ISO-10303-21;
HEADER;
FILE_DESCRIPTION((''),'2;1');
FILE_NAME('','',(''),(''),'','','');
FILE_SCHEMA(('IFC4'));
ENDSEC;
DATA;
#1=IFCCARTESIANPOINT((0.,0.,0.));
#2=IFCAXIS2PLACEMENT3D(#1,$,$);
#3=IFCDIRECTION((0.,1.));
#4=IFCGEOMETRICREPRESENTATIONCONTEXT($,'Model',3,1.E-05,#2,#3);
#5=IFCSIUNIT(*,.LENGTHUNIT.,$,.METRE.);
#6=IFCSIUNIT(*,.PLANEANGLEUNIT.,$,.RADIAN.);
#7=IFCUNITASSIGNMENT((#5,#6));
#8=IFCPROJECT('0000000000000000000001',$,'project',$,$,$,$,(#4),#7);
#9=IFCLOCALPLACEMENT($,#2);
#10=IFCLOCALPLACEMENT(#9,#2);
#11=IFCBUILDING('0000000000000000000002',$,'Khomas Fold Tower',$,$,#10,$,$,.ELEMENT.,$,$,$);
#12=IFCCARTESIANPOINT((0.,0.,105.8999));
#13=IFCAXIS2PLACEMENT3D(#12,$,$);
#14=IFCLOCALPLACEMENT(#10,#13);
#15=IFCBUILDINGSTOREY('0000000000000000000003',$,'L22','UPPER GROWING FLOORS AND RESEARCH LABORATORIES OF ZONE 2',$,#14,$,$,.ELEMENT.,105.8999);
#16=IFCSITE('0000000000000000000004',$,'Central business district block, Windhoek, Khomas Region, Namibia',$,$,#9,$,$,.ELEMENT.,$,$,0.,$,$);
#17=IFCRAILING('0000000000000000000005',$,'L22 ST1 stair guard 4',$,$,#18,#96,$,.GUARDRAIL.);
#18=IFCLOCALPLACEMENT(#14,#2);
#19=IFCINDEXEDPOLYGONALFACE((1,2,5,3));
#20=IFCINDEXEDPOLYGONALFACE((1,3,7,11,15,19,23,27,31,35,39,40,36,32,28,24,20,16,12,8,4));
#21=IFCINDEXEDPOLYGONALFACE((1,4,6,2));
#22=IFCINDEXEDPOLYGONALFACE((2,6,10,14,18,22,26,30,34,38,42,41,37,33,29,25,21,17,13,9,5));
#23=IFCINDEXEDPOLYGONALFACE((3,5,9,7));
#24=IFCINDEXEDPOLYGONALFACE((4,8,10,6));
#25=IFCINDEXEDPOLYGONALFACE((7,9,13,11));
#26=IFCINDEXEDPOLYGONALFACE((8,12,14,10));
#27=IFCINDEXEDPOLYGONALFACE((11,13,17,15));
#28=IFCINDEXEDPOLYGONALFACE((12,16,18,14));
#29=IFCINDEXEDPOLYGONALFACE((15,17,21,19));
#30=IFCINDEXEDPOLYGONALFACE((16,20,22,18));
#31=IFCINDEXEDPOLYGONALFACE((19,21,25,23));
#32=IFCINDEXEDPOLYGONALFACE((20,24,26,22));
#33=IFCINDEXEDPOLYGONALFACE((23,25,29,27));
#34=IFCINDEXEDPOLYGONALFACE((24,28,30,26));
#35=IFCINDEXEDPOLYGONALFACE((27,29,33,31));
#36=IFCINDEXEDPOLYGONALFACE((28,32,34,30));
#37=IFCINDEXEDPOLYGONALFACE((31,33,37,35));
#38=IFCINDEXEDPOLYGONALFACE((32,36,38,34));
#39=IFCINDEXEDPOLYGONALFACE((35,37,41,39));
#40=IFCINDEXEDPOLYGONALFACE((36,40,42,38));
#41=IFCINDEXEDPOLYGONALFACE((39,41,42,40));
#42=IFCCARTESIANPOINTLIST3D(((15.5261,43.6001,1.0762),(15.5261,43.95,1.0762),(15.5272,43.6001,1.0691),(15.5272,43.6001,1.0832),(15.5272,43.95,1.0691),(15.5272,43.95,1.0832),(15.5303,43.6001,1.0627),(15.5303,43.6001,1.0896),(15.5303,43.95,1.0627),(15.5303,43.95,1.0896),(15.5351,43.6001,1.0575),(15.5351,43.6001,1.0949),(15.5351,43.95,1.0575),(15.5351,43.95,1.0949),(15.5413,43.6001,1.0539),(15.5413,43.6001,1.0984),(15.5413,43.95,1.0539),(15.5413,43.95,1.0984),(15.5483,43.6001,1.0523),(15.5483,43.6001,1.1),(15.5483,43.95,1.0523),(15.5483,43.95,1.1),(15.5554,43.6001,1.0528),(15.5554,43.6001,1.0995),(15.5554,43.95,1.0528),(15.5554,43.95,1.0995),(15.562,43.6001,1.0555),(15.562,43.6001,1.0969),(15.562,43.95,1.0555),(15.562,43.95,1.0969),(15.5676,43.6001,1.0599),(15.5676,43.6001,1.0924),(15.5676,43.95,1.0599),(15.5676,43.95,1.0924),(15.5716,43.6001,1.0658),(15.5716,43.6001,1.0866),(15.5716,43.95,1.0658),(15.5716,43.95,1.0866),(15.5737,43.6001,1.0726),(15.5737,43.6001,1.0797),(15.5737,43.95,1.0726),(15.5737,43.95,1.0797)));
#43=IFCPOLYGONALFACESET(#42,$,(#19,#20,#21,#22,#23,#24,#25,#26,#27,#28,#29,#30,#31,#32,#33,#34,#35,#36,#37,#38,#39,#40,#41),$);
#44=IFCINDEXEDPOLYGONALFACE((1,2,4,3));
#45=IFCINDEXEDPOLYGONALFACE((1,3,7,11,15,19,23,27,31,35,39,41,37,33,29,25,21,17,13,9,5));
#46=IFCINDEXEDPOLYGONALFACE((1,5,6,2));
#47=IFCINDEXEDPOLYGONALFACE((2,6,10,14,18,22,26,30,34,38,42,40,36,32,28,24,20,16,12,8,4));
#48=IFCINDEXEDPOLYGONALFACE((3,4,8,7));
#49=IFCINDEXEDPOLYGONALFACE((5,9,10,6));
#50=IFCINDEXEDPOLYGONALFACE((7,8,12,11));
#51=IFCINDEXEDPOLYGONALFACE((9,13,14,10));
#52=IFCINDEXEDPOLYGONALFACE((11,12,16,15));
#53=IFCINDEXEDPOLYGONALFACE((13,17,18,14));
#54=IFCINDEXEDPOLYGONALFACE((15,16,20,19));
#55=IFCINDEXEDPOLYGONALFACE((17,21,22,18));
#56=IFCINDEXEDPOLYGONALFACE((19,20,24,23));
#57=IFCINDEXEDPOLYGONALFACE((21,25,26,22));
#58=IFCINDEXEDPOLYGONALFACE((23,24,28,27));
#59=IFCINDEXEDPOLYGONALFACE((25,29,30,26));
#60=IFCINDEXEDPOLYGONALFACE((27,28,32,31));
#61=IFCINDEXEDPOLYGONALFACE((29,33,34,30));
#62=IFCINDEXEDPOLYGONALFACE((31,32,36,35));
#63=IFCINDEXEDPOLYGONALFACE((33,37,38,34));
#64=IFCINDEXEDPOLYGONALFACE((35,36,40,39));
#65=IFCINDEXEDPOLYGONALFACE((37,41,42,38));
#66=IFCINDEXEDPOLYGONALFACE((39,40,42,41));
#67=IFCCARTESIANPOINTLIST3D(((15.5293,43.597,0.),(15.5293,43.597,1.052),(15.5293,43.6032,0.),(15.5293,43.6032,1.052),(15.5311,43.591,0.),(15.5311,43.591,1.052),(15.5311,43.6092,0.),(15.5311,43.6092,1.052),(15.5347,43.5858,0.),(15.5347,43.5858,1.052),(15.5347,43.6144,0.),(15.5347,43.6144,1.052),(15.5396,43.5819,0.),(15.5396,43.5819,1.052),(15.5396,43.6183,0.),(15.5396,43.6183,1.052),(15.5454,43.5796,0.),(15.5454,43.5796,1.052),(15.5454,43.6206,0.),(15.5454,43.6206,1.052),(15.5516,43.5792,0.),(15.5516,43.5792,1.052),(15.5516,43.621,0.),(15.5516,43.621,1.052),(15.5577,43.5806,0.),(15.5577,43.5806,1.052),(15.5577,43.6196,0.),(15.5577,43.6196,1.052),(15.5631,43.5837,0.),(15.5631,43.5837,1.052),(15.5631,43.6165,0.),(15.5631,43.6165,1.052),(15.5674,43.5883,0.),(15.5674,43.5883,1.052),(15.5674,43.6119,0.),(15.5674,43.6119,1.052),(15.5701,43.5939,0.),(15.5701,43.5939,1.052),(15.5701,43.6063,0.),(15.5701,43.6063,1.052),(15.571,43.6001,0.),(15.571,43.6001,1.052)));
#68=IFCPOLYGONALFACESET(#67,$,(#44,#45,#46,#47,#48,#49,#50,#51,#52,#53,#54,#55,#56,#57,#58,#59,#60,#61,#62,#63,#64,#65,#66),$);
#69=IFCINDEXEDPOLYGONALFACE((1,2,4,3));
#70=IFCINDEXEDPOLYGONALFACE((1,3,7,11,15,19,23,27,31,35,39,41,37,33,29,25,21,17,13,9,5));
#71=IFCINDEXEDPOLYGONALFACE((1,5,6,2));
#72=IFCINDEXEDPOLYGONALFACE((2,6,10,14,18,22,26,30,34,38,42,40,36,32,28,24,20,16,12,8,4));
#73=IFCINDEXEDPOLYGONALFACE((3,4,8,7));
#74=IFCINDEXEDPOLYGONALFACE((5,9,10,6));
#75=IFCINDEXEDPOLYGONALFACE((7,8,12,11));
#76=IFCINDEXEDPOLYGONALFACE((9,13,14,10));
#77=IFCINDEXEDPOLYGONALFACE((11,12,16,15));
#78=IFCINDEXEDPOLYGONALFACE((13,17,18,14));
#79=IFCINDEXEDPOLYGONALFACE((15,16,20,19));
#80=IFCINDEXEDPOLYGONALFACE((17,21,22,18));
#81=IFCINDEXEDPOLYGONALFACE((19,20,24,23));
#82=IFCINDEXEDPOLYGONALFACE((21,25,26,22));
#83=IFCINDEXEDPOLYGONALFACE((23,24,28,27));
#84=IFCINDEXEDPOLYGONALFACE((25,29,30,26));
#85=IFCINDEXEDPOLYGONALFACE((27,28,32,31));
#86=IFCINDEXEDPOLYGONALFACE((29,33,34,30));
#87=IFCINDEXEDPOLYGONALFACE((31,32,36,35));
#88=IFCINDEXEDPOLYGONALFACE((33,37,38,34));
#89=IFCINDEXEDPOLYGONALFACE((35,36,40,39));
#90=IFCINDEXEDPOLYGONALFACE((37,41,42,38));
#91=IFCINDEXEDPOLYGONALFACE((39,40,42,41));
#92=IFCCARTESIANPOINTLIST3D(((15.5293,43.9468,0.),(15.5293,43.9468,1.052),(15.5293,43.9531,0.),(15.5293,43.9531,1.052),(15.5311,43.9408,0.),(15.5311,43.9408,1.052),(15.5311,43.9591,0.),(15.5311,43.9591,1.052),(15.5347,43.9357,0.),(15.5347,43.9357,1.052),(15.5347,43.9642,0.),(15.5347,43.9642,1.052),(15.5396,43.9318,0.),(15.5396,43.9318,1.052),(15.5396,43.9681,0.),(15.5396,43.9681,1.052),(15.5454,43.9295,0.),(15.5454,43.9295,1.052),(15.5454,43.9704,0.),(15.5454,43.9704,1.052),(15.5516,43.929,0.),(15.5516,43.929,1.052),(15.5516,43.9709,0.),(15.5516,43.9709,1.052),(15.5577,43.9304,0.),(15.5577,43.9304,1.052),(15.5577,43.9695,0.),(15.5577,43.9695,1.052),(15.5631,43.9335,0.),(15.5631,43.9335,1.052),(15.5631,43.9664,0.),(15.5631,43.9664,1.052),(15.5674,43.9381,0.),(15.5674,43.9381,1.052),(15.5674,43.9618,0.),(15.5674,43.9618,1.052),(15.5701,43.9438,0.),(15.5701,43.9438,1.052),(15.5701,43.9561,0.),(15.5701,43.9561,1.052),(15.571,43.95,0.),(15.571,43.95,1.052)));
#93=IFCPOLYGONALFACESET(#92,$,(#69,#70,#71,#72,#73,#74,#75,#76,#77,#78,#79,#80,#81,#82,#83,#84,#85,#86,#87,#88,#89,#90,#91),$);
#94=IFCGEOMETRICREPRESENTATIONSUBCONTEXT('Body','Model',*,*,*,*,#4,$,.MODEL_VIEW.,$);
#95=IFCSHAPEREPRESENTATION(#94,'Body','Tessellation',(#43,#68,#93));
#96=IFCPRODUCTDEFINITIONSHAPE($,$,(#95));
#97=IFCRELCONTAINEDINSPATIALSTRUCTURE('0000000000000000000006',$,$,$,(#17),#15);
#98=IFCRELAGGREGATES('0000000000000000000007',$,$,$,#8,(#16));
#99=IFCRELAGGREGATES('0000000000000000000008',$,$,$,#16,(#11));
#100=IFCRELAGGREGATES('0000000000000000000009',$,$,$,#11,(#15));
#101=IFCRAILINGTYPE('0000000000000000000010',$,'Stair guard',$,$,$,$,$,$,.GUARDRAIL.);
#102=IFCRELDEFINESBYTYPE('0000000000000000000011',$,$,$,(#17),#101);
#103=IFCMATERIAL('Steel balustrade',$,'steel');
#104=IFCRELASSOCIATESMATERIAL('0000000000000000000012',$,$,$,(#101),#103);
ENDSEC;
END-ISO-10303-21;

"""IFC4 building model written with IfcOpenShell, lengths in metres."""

from ifc_helpers import new_model, si_unit, direction, frame, origin, origin_2d, place, context, subcontext, project, spatial, circle, extrude, source, transform, mapped, material, type_object, element, save


model = new_model("IFC4")

# Units and contexts
model_context = context("Model", 3, precision=1e-05, world=origin(), true_north=direction((0.0, 1.0)))
body_context = subcontext(model_context, "Body", "Model", "MODEL_VIEW")
ifc_project = project(units=[si_unit("LENGTHUNIT", "METRE"), si_unit("PLANEANGLEUNIT", "RADIAN")], contexts=[model_context])

# Site, building, storey
site_placement = place(None, origin())
site = spatial("IfcSite", under=ifc_project, at=site_placement, Name="Central business district block, Windhoek, Khomas Region, Namibia", CompositionType="ELEMENT", RefElevation=0.0)
building_placement = place(site_placement, origin())
building = spatial("IfcBuilding", under=site, at=building_placement, Name="Khomas Fold Tower", CompositionType="ELEMENT")
storey_placement = place(building_placement, frame((0.0, 0.0, 105.8999)))
storey = spatial("IfcBuildingStorey", under=building, at=storey_placement, Name="L22", Description="UPPER GROWING FLOORS AND RESEARCH LABORATORIES OF ZONE 2", CompositionType="ELEMENT", Elevation=105.8999)

# Railing
ifc_material_1 = material(Name="Steel balustrade", Category="steel")
railing_type_1 = type_object("IfcRailingType", Name="Stair guard", PredefinedType="GUARDRAIL", material=ifc_material_1)
shared_shape_1 = source(origin(), body_context, "Body", "SweptSolid", [
    extrude(circle(Radius=0.0239, at=origin_2d()), frame((0.0, 0.0, 1.0762), z_axis=(0.0, 1.0, 0.0), x_axis=(-1.0, 0.0, 0.0)), (0.0, 0.0, 1.0), 0.3499),
    extrude(circle(Radius=0.021, at=origin_2d()), origin(), (0.0, 0.0, 1.0), 1.052),
    extrude(circle(Radius=0.021, at=origin_2d()), frame((0.0, 0.3499, 0.0)), (0.0, 0.0, 1.0), 1.052),
])
for number, where, name in (
    (1, (15.55, 43.6001, 0.0), "L22 ST1 stair guard 4"),
):
    element("IfcRailing", number, at=place(storey_placement, frame(where)), inside=storey, type_object=railing_type_1, Name=name, PredefinedType="GUARDRAIL", context=body_context, shape_type="MappedRepresentation", body=[
        mapped(shared_shape_1, transform((0.0, 0.0, 0.0))),
    ])

save(model, "model.ifc")
